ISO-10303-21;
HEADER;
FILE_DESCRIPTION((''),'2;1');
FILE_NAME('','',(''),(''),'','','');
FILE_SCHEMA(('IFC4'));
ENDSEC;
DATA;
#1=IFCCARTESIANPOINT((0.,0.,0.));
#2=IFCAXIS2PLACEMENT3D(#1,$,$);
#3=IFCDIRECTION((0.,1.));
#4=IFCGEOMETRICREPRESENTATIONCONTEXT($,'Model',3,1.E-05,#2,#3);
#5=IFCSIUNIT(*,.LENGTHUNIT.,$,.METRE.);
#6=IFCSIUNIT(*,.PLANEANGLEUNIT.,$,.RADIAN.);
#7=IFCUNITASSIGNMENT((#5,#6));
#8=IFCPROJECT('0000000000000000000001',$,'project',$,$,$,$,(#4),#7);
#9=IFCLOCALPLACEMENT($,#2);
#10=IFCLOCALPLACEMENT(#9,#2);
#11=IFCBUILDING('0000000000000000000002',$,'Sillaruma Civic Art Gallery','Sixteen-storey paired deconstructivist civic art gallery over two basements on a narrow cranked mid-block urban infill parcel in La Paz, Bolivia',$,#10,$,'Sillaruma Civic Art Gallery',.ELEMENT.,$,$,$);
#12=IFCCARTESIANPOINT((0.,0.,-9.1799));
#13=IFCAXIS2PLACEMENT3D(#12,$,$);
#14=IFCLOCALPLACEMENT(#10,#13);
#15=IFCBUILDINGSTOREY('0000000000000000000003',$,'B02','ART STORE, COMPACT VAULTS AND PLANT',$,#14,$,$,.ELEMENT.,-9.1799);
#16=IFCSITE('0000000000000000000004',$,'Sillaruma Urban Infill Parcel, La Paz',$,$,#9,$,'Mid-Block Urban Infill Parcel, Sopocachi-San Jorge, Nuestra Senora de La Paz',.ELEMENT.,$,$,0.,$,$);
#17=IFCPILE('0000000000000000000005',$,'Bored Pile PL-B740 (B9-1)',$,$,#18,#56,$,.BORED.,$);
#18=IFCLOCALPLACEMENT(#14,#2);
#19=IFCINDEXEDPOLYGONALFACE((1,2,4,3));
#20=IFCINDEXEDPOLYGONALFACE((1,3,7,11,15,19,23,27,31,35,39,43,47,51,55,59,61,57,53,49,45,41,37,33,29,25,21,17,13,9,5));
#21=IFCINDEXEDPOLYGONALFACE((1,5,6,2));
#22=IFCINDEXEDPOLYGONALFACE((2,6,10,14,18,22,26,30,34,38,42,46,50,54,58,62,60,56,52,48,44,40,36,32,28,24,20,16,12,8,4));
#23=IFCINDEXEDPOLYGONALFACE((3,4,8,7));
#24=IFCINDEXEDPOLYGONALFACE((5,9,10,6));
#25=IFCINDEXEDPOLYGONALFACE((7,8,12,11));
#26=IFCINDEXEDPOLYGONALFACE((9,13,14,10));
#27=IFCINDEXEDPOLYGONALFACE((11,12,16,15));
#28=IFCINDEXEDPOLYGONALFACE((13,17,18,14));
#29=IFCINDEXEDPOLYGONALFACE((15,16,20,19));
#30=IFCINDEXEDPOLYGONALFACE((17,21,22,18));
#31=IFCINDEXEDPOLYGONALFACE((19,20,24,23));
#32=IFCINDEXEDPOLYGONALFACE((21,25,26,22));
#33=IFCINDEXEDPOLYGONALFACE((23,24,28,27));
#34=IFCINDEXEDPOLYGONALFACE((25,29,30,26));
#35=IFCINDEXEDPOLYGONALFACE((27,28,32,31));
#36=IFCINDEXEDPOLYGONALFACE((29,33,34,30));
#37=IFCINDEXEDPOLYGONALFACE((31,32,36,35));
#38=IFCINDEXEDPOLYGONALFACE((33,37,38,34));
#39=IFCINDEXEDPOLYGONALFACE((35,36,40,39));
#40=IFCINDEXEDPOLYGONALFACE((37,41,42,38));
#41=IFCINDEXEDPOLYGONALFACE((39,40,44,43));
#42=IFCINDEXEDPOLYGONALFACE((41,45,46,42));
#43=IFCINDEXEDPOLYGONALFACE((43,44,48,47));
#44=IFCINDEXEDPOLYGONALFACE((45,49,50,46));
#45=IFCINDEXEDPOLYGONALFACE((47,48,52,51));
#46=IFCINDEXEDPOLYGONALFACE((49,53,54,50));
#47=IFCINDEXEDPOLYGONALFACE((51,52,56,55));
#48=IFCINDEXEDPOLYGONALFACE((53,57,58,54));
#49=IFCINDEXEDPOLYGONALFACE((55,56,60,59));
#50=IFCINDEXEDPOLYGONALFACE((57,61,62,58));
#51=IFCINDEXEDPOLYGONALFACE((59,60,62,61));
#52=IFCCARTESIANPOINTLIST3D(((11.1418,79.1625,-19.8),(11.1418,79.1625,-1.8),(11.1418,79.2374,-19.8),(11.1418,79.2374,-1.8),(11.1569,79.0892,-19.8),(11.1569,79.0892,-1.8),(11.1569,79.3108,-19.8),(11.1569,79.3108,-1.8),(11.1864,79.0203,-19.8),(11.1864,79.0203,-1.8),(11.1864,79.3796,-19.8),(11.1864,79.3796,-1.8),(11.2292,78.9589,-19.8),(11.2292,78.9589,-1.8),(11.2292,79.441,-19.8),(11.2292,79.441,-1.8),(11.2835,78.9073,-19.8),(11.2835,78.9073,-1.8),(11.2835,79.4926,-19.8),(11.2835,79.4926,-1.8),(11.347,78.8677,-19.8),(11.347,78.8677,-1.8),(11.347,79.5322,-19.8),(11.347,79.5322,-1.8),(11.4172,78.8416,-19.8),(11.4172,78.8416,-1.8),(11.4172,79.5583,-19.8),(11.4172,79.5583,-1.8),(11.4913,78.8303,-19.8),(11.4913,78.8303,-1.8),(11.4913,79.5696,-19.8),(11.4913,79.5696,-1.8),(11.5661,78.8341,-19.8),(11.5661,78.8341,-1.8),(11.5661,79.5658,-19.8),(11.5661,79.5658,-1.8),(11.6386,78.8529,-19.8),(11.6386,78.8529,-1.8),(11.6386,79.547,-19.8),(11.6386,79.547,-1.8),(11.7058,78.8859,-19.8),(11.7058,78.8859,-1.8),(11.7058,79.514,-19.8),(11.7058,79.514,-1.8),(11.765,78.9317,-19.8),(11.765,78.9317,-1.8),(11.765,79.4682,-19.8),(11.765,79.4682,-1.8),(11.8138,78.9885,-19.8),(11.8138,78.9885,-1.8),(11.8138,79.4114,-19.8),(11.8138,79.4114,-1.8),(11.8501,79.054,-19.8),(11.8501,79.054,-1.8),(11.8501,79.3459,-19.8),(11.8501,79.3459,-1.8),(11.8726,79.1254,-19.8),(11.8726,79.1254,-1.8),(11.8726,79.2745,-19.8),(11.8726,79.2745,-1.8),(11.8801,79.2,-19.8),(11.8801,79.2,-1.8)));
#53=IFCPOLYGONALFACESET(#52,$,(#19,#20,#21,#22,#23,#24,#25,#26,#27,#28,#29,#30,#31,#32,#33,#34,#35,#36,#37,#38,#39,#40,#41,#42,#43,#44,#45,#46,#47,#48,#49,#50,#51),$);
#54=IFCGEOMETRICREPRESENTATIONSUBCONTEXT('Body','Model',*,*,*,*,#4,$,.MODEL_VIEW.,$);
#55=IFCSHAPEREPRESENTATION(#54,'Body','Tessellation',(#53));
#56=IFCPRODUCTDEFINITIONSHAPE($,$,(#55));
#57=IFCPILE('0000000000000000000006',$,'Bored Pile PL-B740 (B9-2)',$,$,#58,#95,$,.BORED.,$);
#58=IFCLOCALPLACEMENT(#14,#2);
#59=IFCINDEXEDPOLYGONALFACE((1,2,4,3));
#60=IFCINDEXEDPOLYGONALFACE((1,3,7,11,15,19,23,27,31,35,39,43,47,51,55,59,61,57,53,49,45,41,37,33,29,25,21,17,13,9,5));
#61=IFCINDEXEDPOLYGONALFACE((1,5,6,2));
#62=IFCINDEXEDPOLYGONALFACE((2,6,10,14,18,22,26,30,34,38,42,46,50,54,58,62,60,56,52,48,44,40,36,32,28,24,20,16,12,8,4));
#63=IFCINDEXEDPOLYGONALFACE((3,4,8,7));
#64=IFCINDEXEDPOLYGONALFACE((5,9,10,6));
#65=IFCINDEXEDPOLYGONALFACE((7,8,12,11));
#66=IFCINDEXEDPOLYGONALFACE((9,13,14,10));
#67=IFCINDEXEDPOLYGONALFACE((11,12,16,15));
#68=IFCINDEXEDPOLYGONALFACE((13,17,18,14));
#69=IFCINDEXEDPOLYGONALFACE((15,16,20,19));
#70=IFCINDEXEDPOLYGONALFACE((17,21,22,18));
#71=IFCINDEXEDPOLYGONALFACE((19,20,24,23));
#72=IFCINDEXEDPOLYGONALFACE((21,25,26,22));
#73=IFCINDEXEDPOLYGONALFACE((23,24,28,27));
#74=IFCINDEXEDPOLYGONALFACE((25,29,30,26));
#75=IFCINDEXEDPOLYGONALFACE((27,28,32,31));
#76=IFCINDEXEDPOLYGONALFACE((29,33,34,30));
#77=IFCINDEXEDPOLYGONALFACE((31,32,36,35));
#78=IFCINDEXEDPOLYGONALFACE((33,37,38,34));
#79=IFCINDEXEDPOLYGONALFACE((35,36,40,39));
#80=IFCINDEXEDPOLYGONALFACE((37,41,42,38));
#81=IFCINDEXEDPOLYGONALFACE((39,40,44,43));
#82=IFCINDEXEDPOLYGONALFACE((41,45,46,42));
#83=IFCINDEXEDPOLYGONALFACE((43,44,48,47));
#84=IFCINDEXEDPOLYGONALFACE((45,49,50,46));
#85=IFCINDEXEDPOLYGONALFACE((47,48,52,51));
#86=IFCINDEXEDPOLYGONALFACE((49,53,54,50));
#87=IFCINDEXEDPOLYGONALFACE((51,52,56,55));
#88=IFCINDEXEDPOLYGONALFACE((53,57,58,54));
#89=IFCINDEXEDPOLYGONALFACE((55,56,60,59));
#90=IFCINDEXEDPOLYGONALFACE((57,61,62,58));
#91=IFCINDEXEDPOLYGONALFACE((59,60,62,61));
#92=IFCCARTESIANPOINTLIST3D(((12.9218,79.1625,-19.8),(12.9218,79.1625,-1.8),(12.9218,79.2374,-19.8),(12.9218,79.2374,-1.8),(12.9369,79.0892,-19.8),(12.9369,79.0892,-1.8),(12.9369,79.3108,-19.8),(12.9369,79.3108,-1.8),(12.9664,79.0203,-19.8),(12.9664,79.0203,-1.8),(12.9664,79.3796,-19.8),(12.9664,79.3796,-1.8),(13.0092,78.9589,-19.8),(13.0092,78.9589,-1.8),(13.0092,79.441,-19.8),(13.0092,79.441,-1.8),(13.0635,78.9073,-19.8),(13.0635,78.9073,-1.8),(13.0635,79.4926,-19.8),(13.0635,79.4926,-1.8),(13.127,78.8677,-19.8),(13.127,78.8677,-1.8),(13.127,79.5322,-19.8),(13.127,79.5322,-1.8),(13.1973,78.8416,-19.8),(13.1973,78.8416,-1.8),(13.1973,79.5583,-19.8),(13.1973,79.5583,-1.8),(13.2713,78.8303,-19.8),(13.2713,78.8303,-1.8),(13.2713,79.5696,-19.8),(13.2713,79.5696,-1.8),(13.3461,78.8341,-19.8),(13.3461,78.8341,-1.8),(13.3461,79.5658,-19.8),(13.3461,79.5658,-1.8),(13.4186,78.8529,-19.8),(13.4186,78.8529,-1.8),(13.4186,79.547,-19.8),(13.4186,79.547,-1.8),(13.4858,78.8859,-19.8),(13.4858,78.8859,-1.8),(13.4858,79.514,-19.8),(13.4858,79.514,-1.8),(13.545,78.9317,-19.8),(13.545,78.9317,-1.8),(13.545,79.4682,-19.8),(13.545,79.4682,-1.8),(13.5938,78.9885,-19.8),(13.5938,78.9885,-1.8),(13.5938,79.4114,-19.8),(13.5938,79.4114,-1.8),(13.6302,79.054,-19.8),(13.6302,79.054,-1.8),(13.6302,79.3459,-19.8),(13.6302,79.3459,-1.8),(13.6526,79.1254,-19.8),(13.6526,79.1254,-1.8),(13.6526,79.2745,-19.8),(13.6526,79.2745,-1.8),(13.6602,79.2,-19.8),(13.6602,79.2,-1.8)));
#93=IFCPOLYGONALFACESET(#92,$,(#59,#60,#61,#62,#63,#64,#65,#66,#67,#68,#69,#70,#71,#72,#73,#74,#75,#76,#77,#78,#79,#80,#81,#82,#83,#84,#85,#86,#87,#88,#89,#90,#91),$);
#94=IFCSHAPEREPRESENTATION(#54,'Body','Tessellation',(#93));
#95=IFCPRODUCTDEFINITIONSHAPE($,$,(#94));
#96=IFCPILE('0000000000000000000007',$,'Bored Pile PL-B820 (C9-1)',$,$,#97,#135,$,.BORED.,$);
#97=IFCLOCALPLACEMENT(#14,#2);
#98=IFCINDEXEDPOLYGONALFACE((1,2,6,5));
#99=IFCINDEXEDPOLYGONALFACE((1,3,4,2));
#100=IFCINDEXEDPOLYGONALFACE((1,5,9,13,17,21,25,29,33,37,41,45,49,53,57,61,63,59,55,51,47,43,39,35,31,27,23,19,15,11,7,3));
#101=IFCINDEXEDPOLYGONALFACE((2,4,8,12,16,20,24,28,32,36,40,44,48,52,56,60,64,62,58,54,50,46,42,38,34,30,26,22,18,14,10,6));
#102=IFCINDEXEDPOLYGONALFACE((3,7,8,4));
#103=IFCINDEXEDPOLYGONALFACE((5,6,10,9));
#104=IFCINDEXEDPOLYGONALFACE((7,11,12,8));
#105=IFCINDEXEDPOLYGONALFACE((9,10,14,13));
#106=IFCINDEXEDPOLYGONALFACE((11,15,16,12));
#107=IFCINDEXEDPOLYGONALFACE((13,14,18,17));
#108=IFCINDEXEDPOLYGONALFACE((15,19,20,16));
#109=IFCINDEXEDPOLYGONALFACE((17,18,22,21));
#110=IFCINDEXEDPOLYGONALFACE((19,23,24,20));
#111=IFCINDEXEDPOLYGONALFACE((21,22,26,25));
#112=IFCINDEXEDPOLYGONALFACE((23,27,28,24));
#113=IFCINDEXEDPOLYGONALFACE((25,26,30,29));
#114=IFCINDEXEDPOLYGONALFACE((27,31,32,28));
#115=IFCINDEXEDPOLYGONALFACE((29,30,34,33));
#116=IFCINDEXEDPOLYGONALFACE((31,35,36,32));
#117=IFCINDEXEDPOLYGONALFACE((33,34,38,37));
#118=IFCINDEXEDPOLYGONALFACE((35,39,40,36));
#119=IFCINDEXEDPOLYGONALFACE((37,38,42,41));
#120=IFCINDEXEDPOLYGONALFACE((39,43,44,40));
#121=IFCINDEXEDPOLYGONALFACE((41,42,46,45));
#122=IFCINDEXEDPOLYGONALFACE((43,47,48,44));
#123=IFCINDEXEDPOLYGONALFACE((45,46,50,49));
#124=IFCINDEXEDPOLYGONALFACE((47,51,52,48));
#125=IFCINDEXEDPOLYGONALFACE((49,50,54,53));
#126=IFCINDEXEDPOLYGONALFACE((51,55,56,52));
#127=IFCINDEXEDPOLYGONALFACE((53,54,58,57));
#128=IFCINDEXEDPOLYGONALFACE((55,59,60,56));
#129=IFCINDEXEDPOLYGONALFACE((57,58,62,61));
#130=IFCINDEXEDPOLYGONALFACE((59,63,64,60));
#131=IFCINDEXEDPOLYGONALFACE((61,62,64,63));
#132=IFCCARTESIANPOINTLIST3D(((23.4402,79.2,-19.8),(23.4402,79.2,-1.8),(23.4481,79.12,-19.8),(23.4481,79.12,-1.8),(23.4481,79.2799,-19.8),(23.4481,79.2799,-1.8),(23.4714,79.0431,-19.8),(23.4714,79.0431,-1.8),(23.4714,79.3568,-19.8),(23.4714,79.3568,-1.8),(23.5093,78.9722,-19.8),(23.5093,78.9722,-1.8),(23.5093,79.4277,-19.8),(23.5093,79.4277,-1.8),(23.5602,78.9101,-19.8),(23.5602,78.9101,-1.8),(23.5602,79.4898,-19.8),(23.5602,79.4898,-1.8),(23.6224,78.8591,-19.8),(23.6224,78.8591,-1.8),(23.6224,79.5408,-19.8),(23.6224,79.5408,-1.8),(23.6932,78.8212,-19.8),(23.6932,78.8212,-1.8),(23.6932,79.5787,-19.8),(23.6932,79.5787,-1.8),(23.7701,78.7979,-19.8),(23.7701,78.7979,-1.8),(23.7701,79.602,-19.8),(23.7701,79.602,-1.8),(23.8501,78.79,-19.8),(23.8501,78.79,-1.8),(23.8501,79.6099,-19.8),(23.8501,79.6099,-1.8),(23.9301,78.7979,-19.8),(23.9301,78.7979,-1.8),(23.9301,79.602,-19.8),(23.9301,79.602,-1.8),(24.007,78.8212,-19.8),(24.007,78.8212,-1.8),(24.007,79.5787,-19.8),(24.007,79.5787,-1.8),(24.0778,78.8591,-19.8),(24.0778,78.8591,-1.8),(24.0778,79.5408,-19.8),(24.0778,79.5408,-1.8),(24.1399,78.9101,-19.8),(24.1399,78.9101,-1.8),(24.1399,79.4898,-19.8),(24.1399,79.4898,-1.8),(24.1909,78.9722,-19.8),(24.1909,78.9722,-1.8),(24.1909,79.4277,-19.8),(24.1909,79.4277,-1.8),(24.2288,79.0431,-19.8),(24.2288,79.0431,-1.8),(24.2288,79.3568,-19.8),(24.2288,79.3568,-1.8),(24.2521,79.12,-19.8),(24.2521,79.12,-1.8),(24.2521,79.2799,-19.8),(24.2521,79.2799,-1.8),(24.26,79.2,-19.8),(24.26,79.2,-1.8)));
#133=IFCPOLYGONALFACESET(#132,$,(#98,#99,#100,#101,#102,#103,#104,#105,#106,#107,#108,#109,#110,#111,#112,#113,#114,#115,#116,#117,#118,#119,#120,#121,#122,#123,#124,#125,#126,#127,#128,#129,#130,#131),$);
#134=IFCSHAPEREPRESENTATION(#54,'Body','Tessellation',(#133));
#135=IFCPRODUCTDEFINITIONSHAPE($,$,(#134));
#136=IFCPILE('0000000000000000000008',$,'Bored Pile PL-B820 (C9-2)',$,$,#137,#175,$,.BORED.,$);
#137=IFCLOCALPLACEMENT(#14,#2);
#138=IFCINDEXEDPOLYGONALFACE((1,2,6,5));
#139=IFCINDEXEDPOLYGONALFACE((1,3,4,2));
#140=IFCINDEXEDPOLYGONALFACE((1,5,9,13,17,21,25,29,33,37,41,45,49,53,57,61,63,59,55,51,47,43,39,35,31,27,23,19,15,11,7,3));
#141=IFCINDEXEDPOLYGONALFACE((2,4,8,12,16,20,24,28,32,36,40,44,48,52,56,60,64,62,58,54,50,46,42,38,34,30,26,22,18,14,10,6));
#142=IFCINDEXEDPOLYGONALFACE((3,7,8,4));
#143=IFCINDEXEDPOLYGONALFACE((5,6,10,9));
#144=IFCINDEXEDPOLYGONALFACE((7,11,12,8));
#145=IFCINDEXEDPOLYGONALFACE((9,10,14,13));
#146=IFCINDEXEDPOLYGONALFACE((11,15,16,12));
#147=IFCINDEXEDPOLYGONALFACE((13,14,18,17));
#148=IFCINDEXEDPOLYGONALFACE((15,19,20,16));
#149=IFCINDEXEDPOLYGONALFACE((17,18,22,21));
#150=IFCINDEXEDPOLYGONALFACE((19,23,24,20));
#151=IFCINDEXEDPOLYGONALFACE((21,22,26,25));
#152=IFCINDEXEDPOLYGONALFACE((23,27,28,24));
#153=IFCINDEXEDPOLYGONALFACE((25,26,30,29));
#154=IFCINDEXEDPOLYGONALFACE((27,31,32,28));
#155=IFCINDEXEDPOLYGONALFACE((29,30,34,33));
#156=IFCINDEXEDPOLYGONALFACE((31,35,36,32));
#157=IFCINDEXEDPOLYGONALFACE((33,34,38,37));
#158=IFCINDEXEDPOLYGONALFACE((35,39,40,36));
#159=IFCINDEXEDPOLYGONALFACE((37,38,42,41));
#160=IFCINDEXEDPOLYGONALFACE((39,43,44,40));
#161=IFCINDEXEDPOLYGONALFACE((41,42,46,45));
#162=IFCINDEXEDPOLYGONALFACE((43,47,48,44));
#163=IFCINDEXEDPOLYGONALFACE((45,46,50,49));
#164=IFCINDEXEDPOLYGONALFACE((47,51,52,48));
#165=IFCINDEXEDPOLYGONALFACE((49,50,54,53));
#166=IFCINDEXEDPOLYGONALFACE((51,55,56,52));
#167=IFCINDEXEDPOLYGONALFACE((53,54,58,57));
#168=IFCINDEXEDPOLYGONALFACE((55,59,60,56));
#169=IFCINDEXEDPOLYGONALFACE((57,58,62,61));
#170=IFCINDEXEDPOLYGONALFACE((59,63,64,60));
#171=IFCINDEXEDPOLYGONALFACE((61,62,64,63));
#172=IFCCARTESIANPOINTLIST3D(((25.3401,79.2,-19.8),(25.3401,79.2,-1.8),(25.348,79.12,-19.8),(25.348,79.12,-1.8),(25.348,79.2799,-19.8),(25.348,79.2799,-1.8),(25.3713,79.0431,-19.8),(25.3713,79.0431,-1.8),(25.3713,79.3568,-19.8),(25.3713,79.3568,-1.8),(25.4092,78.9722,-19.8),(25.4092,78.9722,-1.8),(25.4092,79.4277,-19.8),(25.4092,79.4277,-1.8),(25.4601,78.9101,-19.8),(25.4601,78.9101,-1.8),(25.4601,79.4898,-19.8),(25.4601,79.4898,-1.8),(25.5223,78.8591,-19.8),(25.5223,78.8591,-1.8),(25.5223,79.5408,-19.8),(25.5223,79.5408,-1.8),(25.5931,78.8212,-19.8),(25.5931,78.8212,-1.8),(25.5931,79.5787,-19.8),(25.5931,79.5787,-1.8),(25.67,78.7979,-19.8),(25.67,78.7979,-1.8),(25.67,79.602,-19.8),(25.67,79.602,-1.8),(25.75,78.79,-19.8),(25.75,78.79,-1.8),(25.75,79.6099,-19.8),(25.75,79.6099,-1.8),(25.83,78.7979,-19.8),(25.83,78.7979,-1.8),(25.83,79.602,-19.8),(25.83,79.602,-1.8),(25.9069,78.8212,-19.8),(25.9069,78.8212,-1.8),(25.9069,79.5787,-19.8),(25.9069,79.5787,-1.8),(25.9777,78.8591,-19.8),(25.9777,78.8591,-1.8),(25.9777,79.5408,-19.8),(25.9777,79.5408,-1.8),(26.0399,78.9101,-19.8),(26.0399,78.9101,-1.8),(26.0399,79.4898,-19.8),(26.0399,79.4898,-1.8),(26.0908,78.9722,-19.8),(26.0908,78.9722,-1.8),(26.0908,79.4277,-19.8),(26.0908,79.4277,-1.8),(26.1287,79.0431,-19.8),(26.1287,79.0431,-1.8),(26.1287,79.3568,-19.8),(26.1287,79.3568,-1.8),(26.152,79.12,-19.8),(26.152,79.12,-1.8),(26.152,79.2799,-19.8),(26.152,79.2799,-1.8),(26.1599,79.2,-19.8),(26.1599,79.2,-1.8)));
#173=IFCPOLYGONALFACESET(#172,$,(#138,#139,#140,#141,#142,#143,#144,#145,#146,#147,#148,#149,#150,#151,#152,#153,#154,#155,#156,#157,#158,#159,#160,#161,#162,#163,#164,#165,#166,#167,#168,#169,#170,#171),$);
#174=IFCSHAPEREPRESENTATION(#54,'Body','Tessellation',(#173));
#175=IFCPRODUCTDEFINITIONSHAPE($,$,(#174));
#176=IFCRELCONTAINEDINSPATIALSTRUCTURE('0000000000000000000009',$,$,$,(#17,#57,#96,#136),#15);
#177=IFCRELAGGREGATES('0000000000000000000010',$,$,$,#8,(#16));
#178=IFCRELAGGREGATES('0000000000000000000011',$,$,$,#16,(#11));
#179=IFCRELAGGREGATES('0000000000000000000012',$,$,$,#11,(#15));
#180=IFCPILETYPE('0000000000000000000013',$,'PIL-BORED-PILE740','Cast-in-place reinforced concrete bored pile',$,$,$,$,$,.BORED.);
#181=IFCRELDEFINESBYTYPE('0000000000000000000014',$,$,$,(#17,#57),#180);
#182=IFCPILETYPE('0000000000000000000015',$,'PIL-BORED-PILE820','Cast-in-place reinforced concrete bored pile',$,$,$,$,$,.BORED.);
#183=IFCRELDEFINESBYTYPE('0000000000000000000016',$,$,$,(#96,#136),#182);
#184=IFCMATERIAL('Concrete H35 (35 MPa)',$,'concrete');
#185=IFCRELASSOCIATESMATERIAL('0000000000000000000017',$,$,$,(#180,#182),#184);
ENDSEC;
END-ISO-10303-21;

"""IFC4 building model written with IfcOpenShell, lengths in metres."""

from ifc_helpers import new_model, si_unit, direction, frame, origin, origin_2d, place, context, subcontext, project, spatial, circle, extrude, material, material_profile, profile_set, type_object, element, save


model = new_model("IFC4")

# Units and contexts
model_context = context("Model", 3, precision=1e-05, world=origin(), true_north=direction((0.0, 1.0)))
body_context = subcontext(model_context, "Body", "Model", "MODEL_VIEW")
ifc_project = project(units=[si_unit("LENGTHUNIT", "METRE"), si_unit("PLANEANGLEUNIT", "RADIAN")], contexts=[model_context])

# Site, building, storey
site_placement = place(None, origin())
site = spatial("IfcSite", under=ifc_project, at=site_placement, Name="Sillaruma Urban Infill Parcel, La Paz", LongName="Mid-Block Urban Infill Parcel, Sopocachi-San Jorge, Nuestra Senora de La Paz", CompositionType="ELEMENT", RefElevation=0.0)
building_placement = place(site_placement, origin())
building = spatial("IfcBuilding", under=site, at=building_placement, Name="Sillaruma Civic Art Gallery", Description="Sixteen-storey paired deconstructivist civic art gallery over two basements on a narrow cranked mid-block urban infill parcel in La Paz, Bolivia", LongName="Sillaruma Civic Art Gallery", CompositionType="ELEMENT")
storey_placement = place(building_placement, frame((0.0, 0.0, -9.1799)))
storey = spatial("IfcBuildingStorey", under=building, at=storey_placement, Name="B02", Description="ART STORE, COMPACT VAULTS AND PLANT", CompositionType="ELEMENT", Elevation=-9.1799)

# Shared definitions
ifc_material_1 = material(Name="Concrete H35 (35 MPa)", Category="concrete")

# Piles
ifc_material_profile_1 = material_profile(ifc_material_1, circle(Radius=0.3701, at=origin_2d()), Name="PILE740")
ifc_profile_set_1 = profile_set([ifc_material_profile_1], Name="Concrete H35 (35 MPa)")
pile_type_1 = type_object("IfcPileType", Name="PIL-BORED-PILE740", Description="Cast-in-place reinforced concrete bored pile", PredefinedType="BORED", material=ifc_profile_set_1)
for number, where, z_axis, x_axis, name in (
    (1, (11.51, 79.2, -1.8), (0.0, 0.0, -1.0), (1.0, 0.0, 0.0), "Bored Pile PL-B740 (B9-1)"),
    (2, (13.29, 79.2, -1.8), (0.0, 0.0, -1.0), (1.0, 0.0, 0.0), "Bored Pile PL-B740 (B9-2)"),
):
    element("IfcPile", number, at=place(storey_placement, frame(where, z_axis=z_axis, x_axis=x_axis)), inside=storey, type_object=pile_type_1, Name=name, PredefinedType="BORED", context=body_context, shape_type="SweptSolid", body=[
        extrude(circle(Radius=0.3701, at=origin_2d()), origin(), (0.0, 0.0, 1.0), 18.0),
    ])
ifc_material_profile_2 = material_profile(ifc_material_1, circle(Radius=0.4099, at=origin_2d()), Name="PILE820")
ifc_profile_set_2 = profile_set([ifc_material_profile_2], Name="Concrete H35 (35 MPa)")
pile_type_2 = type_object("IfcPileType", Name="PIL-BORED-PILE820", Description="Cast-in-place reinforced concrete bored pile", PredefinedType="BORED", material=ifc_profile_set_2)
for number, where, z_axis, x_axis, name in (
    (3, (23.8501, 79.2, -1.8), (0.0, 0.0, -1.0), (1.0, 0.0, 0.0), "Bored Pile PL-B820 (C9-1)"),
    (4, (25.75, 79.2, -1.8), (0.0, 0.0, -1.0), (1.0, 0.0, 0.0), "Bored Pile PL-B820 (C9-2)"),
):
    element("IfcPile", number, at=place(storey_placement, frame(where, z_axis=z_axis, x_axis=x_axis)), inside=storey, type_object=pile_type_2, Name=name, PredefinedType="BORED", context=body_context, shape_type="SweptSolid", body=[
        extrude(circle(Radius=0.4099, at=origin_2d()), origin(), (0.0, 0.0, 1.0), 18.0),
    ])

save(model, "model.ifc")
